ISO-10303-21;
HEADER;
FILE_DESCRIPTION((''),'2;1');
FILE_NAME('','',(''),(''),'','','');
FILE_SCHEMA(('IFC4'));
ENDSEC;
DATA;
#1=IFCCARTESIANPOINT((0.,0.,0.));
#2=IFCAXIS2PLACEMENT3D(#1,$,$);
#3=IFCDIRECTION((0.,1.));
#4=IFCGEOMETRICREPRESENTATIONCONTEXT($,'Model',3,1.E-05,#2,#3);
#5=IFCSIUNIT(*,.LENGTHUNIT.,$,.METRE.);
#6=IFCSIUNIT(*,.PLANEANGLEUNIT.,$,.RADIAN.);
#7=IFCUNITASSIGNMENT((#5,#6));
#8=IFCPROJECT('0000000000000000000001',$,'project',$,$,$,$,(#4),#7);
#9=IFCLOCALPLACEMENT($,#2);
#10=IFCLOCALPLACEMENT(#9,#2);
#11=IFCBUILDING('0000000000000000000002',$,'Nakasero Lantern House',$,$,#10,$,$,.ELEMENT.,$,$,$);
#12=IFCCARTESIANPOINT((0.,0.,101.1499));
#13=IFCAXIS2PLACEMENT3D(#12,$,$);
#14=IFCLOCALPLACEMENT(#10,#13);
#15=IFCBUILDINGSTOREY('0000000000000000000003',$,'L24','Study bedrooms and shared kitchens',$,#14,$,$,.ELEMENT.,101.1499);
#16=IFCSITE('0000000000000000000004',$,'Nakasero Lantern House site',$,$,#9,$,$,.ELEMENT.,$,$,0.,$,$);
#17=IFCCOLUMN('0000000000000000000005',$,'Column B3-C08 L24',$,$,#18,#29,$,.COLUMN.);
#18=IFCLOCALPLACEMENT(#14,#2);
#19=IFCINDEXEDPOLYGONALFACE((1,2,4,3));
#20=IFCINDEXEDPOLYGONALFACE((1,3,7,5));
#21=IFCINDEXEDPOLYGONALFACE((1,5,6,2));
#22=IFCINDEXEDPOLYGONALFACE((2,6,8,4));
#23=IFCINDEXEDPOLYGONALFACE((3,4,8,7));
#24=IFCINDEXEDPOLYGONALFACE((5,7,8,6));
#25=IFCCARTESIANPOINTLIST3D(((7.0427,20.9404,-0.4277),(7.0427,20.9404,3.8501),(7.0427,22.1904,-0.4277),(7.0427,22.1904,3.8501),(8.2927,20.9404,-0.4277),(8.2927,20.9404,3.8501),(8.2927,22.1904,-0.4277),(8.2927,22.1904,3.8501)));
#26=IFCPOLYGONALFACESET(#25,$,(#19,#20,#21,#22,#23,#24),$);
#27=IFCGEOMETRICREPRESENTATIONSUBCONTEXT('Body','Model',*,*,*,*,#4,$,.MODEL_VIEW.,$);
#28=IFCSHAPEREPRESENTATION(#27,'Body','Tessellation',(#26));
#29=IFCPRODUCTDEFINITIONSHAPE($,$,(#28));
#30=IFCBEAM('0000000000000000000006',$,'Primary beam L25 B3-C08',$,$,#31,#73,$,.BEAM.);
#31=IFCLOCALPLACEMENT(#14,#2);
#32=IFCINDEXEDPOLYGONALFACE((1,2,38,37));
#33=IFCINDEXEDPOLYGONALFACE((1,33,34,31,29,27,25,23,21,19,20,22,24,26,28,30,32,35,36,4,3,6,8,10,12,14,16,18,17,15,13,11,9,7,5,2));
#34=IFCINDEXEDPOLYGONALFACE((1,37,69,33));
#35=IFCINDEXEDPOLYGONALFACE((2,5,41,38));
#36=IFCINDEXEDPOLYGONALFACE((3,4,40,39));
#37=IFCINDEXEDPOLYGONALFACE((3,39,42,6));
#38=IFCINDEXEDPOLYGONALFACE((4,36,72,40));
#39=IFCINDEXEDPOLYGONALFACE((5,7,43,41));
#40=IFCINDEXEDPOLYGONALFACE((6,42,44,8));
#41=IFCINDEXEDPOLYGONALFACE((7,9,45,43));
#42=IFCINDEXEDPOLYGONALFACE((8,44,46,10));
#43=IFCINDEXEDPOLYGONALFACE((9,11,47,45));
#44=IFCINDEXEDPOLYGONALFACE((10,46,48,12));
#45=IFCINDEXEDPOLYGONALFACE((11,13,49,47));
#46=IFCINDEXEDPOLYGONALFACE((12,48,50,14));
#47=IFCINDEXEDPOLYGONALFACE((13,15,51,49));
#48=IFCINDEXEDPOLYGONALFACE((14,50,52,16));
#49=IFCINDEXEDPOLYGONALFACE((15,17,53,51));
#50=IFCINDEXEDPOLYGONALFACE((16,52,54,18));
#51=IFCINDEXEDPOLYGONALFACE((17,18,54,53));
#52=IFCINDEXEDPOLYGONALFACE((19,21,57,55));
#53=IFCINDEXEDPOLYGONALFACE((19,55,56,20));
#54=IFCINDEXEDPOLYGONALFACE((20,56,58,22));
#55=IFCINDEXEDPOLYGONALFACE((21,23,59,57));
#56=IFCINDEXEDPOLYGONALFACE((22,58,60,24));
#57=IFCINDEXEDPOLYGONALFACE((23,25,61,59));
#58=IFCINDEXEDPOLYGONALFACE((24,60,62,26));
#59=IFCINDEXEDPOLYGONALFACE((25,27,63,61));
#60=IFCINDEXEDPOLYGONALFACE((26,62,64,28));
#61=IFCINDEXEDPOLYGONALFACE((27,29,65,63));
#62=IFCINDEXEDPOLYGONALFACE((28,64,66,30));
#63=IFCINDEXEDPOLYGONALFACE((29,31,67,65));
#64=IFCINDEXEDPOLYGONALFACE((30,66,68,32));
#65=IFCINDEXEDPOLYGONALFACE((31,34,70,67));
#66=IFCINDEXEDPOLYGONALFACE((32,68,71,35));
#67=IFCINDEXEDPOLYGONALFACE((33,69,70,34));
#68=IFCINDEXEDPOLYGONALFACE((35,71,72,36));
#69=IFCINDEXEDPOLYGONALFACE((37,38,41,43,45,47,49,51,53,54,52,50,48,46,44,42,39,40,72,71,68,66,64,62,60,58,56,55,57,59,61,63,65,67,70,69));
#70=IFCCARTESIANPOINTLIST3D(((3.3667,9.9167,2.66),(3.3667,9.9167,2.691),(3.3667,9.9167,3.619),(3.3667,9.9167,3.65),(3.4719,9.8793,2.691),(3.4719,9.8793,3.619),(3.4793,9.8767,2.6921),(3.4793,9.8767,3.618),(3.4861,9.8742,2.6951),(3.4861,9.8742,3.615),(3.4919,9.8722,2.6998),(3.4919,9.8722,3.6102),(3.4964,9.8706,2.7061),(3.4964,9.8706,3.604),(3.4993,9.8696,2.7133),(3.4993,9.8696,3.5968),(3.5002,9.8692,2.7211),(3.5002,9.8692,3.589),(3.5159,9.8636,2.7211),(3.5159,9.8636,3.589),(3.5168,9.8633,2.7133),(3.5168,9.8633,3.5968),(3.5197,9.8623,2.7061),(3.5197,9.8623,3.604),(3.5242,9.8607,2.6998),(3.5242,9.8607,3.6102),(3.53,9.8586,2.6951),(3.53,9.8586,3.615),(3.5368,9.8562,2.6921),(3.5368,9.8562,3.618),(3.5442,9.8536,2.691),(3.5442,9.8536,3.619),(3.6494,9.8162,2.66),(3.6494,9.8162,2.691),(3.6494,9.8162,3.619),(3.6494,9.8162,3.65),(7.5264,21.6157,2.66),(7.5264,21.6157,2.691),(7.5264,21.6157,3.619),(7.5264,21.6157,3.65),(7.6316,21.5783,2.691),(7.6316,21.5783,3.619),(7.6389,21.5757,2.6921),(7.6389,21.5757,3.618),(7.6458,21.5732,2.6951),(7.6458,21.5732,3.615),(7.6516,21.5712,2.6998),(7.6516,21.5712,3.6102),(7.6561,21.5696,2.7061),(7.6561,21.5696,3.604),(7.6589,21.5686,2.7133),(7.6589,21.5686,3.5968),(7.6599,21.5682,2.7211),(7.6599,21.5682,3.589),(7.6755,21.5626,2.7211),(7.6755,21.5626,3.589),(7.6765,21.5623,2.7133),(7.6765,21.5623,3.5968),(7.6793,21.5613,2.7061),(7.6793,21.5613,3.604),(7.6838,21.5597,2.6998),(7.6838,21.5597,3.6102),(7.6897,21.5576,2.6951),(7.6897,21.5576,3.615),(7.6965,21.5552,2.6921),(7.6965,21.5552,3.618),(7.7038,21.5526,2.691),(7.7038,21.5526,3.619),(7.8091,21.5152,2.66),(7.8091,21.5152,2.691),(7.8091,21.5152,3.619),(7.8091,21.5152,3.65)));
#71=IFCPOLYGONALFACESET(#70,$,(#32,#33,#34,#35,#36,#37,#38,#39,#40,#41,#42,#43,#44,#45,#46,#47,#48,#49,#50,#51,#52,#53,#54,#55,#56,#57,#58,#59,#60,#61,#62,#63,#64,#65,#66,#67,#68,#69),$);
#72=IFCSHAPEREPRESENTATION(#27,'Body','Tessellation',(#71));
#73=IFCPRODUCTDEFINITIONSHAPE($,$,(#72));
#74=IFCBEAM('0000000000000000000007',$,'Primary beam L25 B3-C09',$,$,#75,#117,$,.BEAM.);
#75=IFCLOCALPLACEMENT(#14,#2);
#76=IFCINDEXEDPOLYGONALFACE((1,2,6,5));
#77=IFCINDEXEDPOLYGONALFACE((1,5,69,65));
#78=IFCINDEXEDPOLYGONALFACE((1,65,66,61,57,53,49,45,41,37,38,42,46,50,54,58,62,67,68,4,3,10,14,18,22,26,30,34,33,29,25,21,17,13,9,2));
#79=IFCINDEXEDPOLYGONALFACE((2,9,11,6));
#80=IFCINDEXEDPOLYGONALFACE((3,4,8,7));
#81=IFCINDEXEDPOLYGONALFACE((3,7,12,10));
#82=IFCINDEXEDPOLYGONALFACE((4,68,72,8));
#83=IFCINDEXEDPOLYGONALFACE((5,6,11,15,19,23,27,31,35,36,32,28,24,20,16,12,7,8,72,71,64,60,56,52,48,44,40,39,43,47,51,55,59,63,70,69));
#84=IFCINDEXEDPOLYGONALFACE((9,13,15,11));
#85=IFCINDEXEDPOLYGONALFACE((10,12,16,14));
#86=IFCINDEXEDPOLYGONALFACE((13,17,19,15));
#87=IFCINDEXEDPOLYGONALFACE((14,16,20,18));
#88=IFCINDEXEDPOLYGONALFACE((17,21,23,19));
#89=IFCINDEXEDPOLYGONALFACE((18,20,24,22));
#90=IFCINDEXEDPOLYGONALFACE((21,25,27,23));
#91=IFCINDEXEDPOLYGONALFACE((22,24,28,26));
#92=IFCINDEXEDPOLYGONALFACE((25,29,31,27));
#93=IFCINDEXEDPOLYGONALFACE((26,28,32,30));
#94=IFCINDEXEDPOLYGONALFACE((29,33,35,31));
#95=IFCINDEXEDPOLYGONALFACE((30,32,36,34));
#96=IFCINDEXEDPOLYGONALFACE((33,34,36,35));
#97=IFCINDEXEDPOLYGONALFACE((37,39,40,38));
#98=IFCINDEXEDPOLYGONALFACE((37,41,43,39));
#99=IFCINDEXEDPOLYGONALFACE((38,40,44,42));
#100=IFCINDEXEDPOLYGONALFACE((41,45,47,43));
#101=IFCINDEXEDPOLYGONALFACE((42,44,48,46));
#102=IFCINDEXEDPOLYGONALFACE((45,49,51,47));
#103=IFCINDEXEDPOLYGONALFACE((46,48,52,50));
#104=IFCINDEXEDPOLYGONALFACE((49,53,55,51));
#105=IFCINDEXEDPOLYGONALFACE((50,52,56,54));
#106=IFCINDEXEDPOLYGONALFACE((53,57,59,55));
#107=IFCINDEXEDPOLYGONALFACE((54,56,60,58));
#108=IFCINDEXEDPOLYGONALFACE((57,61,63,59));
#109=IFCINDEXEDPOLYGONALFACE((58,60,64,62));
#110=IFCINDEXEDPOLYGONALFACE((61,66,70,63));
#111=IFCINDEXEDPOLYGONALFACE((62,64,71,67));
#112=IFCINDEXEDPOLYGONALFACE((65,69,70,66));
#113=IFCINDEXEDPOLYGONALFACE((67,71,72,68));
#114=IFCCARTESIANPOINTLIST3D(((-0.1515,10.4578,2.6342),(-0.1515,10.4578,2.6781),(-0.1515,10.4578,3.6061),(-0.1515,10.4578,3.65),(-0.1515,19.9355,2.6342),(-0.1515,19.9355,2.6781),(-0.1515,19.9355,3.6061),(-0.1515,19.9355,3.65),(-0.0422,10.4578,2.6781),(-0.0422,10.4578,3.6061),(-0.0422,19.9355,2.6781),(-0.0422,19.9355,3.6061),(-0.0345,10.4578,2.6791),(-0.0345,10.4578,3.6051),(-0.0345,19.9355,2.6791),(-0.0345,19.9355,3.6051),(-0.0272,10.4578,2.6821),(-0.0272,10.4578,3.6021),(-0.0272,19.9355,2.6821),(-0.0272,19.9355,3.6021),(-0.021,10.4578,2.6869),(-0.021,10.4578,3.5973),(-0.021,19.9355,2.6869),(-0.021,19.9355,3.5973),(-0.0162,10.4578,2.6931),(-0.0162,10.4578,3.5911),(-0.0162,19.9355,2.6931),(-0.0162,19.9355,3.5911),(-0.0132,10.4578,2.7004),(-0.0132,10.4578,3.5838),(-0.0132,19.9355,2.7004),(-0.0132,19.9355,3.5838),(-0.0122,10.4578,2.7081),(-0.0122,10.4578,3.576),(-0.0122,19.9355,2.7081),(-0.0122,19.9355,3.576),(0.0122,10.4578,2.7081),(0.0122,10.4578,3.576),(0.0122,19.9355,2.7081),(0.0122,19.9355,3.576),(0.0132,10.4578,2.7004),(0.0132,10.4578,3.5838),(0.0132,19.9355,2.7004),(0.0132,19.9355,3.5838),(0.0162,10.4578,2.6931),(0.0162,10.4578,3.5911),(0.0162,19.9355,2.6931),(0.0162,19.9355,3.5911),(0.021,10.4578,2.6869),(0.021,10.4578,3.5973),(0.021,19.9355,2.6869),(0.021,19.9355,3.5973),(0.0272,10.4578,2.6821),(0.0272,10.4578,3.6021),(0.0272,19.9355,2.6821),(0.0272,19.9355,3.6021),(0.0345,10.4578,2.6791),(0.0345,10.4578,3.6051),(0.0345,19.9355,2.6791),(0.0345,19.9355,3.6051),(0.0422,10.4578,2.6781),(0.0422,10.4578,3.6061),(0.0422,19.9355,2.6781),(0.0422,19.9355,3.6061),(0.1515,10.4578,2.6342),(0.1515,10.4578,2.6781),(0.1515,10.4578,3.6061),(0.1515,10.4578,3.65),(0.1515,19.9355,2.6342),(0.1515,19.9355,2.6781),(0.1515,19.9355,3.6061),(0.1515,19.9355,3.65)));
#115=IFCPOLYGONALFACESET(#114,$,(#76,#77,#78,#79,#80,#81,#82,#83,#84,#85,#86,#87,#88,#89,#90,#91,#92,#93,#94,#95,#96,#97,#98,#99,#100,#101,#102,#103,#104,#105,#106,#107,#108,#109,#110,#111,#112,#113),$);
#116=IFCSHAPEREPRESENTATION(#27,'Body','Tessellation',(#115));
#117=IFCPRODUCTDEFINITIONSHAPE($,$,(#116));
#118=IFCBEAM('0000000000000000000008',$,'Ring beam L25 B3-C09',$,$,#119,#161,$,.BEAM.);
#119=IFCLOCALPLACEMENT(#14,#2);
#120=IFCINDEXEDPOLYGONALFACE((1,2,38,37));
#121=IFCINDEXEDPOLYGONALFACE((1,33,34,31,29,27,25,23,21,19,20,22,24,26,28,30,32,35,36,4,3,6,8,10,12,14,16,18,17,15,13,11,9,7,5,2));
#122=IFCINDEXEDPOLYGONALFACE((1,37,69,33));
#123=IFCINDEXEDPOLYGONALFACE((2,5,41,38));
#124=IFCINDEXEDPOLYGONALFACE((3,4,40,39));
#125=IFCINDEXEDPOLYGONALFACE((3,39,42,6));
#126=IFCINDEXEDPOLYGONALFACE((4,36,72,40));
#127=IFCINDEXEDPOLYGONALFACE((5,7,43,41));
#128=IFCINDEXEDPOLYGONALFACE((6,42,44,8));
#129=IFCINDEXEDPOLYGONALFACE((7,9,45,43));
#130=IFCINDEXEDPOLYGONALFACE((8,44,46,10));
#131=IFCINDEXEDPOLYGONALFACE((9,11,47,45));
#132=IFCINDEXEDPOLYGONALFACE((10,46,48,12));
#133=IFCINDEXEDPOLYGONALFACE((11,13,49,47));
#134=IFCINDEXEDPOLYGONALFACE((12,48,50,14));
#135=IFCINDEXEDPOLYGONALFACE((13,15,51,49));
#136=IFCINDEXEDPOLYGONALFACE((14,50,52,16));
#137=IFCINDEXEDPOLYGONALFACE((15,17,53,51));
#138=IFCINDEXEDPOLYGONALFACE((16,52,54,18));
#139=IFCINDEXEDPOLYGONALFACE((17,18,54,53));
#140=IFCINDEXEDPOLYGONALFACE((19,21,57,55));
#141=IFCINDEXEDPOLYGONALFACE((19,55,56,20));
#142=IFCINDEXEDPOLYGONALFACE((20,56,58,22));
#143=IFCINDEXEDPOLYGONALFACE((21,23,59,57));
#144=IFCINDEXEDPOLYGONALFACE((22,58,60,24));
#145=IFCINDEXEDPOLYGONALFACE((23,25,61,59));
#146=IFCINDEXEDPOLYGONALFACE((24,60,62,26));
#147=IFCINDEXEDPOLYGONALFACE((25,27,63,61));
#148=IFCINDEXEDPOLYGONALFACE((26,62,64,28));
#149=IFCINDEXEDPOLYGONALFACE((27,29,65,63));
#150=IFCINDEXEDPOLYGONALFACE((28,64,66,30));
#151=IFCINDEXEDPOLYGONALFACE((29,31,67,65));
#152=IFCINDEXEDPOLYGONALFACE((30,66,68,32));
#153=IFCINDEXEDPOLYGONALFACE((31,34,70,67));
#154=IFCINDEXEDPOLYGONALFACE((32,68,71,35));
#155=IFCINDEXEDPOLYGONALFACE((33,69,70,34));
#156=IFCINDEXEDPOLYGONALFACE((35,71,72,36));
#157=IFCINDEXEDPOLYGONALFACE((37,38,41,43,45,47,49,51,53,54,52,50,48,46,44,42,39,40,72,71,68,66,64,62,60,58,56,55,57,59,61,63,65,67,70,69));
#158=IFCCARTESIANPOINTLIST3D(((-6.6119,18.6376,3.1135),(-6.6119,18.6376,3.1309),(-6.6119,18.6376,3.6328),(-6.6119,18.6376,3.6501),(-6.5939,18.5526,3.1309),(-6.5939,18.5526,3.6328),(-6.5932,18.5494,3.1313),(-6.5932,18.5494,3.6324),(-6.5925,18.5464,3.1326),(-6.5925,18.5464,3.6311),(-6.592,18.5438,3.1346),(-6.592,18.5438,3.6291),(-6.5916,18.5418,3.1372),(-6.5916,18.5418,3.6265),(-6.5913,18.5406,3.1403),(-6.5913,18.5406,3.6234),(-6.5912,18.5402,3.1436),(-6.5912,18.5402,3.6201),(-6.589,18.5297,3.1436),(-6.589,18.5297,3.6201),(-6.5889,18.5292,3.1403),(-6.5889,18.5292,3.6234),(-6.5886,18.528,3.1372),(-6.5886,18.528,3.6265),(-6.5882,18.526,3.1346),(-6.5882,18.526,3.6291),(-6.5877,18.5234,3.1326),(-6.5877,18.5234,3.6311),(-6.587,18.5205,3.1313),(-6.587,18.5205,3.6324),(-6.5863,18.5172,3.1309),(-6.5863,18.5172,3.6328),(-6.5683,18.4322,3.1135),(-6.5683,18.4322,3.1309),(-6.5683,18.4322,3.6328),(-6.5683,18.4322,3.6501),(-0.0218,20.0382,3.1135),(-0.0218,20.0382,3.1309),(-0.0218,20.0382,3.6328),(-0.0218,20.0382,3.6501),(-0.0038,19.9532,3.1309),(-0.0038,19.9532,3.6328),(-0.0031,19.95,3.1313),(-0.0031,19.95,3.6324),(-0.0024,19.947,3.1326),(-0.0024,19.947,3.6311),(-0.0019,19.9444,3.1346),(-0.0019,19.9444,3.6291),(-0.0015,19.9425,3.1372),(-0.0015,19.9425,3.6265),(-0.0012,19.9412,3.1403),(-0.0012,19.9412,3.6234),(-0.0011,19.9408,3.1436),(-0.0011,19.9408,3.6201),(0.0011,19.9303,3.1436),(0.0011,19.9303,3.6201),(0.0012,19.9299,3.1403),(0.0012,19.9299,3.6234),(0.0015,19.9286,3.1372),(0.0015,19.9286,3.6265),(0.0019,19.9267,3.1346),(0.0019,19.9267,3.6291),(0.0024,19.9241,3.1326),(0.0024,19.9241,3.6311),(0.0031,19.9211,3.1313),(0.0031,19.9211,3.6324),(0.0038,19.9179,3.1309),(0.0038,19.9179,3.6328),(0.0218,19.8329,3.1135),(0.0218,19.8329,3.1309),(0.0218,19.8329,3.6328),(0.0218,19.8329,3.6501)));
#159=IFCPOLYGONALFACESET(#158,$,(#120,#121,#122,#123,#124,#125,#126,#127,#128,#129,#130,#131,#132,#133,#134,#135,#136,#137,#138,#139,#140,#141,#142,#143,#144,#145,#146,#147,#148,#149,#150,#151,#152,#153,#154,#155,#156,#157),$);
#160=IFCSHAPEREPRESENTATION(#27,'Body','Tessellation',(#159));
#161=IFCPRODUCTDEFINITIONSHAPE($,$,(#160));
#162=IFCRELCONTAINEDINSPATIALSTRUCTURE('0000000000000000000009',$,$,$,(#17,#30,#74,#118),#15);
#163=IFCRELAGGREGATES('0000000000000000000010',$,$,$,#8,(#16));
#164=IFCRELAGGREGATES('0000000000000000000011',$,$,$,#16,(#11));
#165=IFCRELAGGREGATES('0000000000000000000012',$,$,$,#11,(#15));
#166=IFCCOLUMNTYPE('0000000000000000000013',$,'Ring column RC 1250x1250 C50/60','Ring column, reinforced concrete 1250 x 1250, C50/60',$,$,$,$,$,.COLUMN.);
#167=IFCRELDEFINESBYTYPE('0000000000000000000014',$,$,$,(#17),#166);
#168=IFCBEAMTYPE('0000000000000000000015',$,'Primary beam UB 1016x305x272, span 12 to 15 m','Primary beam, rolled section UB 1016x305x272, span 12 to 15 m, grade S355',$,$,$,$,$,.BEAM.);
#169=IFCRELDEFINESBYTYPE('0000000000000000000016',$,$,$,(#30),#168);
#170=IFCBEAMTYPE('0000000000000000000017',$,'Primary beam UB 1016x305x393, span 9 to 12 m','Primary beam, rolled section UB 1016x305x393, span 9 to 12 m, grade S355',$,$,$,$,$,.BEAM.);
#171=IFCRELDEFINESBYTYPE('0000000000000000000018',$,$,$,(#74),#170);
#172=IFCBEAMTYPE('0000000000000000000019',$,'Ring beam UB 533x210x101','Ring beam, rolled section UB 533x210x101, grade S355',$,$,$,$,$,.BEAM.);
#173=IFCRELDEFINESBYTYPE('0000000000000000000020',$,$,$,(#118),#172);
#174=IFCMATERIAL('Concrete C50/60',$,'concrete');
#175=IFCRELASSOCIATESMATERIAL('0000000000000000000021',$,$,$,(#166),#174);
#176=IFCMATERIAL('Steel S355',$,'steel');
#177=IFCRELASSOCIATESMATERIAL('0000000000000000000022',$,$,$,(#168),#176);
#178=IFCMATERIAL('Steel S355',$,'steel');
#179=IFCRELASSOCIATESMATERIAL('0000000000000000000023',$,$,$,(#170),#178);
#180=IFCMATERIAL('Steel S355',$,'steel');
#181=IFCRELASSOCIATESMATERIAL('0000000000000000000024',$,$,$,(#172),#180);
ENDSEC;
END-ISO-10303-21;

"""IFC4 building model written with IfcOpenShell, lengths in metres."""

from ifc_helpers import new_model, si_unit, direction, frame, origin, origin_2d, place, context, subcontext, project, spatial, rectangle, i_section, extrude, material, material_profile, profile_set, type_object, element, save


model = new_model("IFC4")

# Units and contexts
model_context = context("Model", 3, precision=1e-05, world=origin(), true_north=direction((0.0, 1.0)))
body_context = subcontext(model_context, "Body", "Model", "MODEL_VIEW")
ifc_project = project(units=[si_unit("LENGTHUNIT", "METRE"), si_unit("PLANEANGLEUNIT", "RADIAN")], contexts=[model_context])

# Site, building, storey
site_placement = place(None, origin())
site = spatial("IfcSite", under=ifc_project, at=site_placement, Name="Nakasero Lantern House site", CompositionType="ELEMENT", RefElevation=0.0)
building_placement = place(site_placement, origin())
building = spatial("IfcBuilding", under=site, at=building_placement, Name="Nakasero Lantern House", CompositionType="ELEMENT")
storey_placement = place(building_placement, frame((0.0, 0.0, 101.1499)))
storey = spatial("IfcBuildingStorey", under=building, at=storey_placement, Name="L24", Description="Study bedrooms and shared kitchens", CompositionType="ELEMENT", Elevation=101.1499)

# Column
ifc_material_1 = material(Name="Concrete C50/60", Category="concrete")
ifc_material_profile_1 = material_profile(ifc_material_1, rectangle(XDim=1.25, YDim=1.25, at=origin_2d()), Name="RC 1250x1250")
ifc_profile_set_1 = profile_set([ifc_material_profile_1], Name="Concrete C50/60")
column_type = type_object("IfcColumnType", Name="Ring column RC 1250x1250 C50/60", Description="Ring column, reinforced concrete 1250 x 1250, C50/60", PredefinedType="COLUMN", material=ifc_profile_set_1)
column_placement = place(storey_placement, frame((7.6677, 21.5654, -0.4277), z_axis=(0.0, 0.0, 1.0), x_axis=(1.0, 0.0, 0.0)))
element("IfcColumn", 1, at=column_placement, inside=storey, type_object=column_type, Name="Column B3-C08 L24", PredefinedType="COLUMN", context=body_context, shape_type="SweptSolid", body=[
    extrude(rectangle(XDim=1.25, YDim=1.25, at=origin_2d()), origin(), (0.0, 0.0, 1.0), 4.2778),
])

# Beams
ifc_material_2 = material(Name="Steel S355", Category="steel")
ifc_material_profile_2 = material_profile(ifc_material_2, i_section(OverallWidth=0.3, OverallDepth=0.99, WebThickness=0.0166, FlangeThickness=0.031, FilletRadius=0.03, at=origin_2d()), Name="UB 1016x305x272")
ifc_profile_set_2 = profile_set([ifc_material_profile_2], Name="Steel S355")
beam_type_1 = type_object("IfcBeamType", Name="Primary beam UB 1016x305x272, span 12 to 15 m", Description="Primary beam, rolled section UB 1016x305x272, span 12 to 15 m, grade S355", PredefinedType="BEAM", material=ifc_profile_set_2)
beam_1_placement = place(storey_placement, frame((7.6677, 21.5654, 3.155), z_axis=(-0.335012, -0.942214, 0.0), x_axis=(0.942214, -0.335012, 0.0)))
element("IfcBeam", 2, at=beam_1_placement, inside=storey, type_object=beam_type_1, Name="Primary beam L25 B3-C08", PredefinedType="BEAM", context=body_context, shape_type="SweptSolid", body=[
    extrude(i_section(OverallWidth=0.3, OverallDepth=0.99, WebThickness=0.0166, FlangeThickness=0.031, FilletRadius=0.03, at=origin_2d()), origin(), (0.0, 0.0, 1.0), 12.4165),
])
ifc_material_3 = material(Name="Steel S355", Category="steel")
ifc_material_profile_3 = material_profile(ifc_material_3, i_section(OverallWidth=0.303, OverallDepth=1.0159, WebThickness=0.0244, FlangeThickness=0.0439, FilletRadius=0.03, at=origin_2d()), Name="UB 1016x305x393")
ifc_profile_set_3 = profile_set([ifc_material_profile_3], Name="Steel S355")
beam_type_2 = type_object("IfcBeamType", Name="Primary beam UB 1016x305x393, span 9 to 12 m", Description="Primary beam, rolled section UB 1016x305x393, span 9 to 12 m, grade S355", PredefinedType="BEAM", material=ifc_profile_set_3)
beam_2_placement = place(storey_placement, frame((0.0, 19.9355, 3.1421), z_axis=(0.0, -1.0, 0.0), x_axis=(1.0, 0.0, 0.0)))
element("IfcBeam", 3, at=beam_2_placement, inside=storey, type_object=beam_type_2, Name="Primary beam L25 B3-C09", PredefinedType="BEAM", context=body_context, shape_type="SweptSolid", body=[
    extrude(i_section(OverallWidth=0.303, OverallDepth=1.0159, WebThickness=0.0244, FlangeThickness=0.0439, FilletRadius=0.03, at=origin_2d()), origin(), (0.0, 0.0, 1.0), 9.4778),
])
ifc_material_4 = material(Name="Steel S355", Category="steel")
ifc_material_profile_4 = material_profile(ifc_material_4, i_section(OverallWidth=0.21, OverallDepth=0.5366, WebThickness=0.0107, FlangeThickness=0.0173, FilletRadius=0.0127, at=origin_2d()), Name="UB 533x210x101")
ifc_profile_set_4 = profile_set([ifc_material_profile_4], Name="Steel S355")
beam_type_3 = type_object("IfcBeamType", Name="Ring beam UB 533x210x101", Description="Ring beam, rolled section UB 533x210x101, grade S355", PredefinedType="BEAM", material=ifc_profile_set_4)
beam_3_placement = place(storey_placement, frame((0.0, 19.9355, 3.3818), z_axis=(-0.978152, -0.207893, 0.0), x_axis=(0.207893, -0.978152, 0.0)))
element("IfcBeam", 4, at=beam_3_placement, inside=storey, type_object=beam_type_3, Name="Ring beam L25 B3-C09", PredefinedType="BEAM", context=body_context, shape_type="SweptSolid", body=[
    extrude(i_section(OverallWidth=0.21, OverallDepth=0.5366, WebThickness=0.0107, FlangeThickness=0.0173, FilletRadius=0.0127, at=origin_2d()), origin(), (0.0, 0.0, 1.0), 6.7373),
])

save(model, "model.ifc")
